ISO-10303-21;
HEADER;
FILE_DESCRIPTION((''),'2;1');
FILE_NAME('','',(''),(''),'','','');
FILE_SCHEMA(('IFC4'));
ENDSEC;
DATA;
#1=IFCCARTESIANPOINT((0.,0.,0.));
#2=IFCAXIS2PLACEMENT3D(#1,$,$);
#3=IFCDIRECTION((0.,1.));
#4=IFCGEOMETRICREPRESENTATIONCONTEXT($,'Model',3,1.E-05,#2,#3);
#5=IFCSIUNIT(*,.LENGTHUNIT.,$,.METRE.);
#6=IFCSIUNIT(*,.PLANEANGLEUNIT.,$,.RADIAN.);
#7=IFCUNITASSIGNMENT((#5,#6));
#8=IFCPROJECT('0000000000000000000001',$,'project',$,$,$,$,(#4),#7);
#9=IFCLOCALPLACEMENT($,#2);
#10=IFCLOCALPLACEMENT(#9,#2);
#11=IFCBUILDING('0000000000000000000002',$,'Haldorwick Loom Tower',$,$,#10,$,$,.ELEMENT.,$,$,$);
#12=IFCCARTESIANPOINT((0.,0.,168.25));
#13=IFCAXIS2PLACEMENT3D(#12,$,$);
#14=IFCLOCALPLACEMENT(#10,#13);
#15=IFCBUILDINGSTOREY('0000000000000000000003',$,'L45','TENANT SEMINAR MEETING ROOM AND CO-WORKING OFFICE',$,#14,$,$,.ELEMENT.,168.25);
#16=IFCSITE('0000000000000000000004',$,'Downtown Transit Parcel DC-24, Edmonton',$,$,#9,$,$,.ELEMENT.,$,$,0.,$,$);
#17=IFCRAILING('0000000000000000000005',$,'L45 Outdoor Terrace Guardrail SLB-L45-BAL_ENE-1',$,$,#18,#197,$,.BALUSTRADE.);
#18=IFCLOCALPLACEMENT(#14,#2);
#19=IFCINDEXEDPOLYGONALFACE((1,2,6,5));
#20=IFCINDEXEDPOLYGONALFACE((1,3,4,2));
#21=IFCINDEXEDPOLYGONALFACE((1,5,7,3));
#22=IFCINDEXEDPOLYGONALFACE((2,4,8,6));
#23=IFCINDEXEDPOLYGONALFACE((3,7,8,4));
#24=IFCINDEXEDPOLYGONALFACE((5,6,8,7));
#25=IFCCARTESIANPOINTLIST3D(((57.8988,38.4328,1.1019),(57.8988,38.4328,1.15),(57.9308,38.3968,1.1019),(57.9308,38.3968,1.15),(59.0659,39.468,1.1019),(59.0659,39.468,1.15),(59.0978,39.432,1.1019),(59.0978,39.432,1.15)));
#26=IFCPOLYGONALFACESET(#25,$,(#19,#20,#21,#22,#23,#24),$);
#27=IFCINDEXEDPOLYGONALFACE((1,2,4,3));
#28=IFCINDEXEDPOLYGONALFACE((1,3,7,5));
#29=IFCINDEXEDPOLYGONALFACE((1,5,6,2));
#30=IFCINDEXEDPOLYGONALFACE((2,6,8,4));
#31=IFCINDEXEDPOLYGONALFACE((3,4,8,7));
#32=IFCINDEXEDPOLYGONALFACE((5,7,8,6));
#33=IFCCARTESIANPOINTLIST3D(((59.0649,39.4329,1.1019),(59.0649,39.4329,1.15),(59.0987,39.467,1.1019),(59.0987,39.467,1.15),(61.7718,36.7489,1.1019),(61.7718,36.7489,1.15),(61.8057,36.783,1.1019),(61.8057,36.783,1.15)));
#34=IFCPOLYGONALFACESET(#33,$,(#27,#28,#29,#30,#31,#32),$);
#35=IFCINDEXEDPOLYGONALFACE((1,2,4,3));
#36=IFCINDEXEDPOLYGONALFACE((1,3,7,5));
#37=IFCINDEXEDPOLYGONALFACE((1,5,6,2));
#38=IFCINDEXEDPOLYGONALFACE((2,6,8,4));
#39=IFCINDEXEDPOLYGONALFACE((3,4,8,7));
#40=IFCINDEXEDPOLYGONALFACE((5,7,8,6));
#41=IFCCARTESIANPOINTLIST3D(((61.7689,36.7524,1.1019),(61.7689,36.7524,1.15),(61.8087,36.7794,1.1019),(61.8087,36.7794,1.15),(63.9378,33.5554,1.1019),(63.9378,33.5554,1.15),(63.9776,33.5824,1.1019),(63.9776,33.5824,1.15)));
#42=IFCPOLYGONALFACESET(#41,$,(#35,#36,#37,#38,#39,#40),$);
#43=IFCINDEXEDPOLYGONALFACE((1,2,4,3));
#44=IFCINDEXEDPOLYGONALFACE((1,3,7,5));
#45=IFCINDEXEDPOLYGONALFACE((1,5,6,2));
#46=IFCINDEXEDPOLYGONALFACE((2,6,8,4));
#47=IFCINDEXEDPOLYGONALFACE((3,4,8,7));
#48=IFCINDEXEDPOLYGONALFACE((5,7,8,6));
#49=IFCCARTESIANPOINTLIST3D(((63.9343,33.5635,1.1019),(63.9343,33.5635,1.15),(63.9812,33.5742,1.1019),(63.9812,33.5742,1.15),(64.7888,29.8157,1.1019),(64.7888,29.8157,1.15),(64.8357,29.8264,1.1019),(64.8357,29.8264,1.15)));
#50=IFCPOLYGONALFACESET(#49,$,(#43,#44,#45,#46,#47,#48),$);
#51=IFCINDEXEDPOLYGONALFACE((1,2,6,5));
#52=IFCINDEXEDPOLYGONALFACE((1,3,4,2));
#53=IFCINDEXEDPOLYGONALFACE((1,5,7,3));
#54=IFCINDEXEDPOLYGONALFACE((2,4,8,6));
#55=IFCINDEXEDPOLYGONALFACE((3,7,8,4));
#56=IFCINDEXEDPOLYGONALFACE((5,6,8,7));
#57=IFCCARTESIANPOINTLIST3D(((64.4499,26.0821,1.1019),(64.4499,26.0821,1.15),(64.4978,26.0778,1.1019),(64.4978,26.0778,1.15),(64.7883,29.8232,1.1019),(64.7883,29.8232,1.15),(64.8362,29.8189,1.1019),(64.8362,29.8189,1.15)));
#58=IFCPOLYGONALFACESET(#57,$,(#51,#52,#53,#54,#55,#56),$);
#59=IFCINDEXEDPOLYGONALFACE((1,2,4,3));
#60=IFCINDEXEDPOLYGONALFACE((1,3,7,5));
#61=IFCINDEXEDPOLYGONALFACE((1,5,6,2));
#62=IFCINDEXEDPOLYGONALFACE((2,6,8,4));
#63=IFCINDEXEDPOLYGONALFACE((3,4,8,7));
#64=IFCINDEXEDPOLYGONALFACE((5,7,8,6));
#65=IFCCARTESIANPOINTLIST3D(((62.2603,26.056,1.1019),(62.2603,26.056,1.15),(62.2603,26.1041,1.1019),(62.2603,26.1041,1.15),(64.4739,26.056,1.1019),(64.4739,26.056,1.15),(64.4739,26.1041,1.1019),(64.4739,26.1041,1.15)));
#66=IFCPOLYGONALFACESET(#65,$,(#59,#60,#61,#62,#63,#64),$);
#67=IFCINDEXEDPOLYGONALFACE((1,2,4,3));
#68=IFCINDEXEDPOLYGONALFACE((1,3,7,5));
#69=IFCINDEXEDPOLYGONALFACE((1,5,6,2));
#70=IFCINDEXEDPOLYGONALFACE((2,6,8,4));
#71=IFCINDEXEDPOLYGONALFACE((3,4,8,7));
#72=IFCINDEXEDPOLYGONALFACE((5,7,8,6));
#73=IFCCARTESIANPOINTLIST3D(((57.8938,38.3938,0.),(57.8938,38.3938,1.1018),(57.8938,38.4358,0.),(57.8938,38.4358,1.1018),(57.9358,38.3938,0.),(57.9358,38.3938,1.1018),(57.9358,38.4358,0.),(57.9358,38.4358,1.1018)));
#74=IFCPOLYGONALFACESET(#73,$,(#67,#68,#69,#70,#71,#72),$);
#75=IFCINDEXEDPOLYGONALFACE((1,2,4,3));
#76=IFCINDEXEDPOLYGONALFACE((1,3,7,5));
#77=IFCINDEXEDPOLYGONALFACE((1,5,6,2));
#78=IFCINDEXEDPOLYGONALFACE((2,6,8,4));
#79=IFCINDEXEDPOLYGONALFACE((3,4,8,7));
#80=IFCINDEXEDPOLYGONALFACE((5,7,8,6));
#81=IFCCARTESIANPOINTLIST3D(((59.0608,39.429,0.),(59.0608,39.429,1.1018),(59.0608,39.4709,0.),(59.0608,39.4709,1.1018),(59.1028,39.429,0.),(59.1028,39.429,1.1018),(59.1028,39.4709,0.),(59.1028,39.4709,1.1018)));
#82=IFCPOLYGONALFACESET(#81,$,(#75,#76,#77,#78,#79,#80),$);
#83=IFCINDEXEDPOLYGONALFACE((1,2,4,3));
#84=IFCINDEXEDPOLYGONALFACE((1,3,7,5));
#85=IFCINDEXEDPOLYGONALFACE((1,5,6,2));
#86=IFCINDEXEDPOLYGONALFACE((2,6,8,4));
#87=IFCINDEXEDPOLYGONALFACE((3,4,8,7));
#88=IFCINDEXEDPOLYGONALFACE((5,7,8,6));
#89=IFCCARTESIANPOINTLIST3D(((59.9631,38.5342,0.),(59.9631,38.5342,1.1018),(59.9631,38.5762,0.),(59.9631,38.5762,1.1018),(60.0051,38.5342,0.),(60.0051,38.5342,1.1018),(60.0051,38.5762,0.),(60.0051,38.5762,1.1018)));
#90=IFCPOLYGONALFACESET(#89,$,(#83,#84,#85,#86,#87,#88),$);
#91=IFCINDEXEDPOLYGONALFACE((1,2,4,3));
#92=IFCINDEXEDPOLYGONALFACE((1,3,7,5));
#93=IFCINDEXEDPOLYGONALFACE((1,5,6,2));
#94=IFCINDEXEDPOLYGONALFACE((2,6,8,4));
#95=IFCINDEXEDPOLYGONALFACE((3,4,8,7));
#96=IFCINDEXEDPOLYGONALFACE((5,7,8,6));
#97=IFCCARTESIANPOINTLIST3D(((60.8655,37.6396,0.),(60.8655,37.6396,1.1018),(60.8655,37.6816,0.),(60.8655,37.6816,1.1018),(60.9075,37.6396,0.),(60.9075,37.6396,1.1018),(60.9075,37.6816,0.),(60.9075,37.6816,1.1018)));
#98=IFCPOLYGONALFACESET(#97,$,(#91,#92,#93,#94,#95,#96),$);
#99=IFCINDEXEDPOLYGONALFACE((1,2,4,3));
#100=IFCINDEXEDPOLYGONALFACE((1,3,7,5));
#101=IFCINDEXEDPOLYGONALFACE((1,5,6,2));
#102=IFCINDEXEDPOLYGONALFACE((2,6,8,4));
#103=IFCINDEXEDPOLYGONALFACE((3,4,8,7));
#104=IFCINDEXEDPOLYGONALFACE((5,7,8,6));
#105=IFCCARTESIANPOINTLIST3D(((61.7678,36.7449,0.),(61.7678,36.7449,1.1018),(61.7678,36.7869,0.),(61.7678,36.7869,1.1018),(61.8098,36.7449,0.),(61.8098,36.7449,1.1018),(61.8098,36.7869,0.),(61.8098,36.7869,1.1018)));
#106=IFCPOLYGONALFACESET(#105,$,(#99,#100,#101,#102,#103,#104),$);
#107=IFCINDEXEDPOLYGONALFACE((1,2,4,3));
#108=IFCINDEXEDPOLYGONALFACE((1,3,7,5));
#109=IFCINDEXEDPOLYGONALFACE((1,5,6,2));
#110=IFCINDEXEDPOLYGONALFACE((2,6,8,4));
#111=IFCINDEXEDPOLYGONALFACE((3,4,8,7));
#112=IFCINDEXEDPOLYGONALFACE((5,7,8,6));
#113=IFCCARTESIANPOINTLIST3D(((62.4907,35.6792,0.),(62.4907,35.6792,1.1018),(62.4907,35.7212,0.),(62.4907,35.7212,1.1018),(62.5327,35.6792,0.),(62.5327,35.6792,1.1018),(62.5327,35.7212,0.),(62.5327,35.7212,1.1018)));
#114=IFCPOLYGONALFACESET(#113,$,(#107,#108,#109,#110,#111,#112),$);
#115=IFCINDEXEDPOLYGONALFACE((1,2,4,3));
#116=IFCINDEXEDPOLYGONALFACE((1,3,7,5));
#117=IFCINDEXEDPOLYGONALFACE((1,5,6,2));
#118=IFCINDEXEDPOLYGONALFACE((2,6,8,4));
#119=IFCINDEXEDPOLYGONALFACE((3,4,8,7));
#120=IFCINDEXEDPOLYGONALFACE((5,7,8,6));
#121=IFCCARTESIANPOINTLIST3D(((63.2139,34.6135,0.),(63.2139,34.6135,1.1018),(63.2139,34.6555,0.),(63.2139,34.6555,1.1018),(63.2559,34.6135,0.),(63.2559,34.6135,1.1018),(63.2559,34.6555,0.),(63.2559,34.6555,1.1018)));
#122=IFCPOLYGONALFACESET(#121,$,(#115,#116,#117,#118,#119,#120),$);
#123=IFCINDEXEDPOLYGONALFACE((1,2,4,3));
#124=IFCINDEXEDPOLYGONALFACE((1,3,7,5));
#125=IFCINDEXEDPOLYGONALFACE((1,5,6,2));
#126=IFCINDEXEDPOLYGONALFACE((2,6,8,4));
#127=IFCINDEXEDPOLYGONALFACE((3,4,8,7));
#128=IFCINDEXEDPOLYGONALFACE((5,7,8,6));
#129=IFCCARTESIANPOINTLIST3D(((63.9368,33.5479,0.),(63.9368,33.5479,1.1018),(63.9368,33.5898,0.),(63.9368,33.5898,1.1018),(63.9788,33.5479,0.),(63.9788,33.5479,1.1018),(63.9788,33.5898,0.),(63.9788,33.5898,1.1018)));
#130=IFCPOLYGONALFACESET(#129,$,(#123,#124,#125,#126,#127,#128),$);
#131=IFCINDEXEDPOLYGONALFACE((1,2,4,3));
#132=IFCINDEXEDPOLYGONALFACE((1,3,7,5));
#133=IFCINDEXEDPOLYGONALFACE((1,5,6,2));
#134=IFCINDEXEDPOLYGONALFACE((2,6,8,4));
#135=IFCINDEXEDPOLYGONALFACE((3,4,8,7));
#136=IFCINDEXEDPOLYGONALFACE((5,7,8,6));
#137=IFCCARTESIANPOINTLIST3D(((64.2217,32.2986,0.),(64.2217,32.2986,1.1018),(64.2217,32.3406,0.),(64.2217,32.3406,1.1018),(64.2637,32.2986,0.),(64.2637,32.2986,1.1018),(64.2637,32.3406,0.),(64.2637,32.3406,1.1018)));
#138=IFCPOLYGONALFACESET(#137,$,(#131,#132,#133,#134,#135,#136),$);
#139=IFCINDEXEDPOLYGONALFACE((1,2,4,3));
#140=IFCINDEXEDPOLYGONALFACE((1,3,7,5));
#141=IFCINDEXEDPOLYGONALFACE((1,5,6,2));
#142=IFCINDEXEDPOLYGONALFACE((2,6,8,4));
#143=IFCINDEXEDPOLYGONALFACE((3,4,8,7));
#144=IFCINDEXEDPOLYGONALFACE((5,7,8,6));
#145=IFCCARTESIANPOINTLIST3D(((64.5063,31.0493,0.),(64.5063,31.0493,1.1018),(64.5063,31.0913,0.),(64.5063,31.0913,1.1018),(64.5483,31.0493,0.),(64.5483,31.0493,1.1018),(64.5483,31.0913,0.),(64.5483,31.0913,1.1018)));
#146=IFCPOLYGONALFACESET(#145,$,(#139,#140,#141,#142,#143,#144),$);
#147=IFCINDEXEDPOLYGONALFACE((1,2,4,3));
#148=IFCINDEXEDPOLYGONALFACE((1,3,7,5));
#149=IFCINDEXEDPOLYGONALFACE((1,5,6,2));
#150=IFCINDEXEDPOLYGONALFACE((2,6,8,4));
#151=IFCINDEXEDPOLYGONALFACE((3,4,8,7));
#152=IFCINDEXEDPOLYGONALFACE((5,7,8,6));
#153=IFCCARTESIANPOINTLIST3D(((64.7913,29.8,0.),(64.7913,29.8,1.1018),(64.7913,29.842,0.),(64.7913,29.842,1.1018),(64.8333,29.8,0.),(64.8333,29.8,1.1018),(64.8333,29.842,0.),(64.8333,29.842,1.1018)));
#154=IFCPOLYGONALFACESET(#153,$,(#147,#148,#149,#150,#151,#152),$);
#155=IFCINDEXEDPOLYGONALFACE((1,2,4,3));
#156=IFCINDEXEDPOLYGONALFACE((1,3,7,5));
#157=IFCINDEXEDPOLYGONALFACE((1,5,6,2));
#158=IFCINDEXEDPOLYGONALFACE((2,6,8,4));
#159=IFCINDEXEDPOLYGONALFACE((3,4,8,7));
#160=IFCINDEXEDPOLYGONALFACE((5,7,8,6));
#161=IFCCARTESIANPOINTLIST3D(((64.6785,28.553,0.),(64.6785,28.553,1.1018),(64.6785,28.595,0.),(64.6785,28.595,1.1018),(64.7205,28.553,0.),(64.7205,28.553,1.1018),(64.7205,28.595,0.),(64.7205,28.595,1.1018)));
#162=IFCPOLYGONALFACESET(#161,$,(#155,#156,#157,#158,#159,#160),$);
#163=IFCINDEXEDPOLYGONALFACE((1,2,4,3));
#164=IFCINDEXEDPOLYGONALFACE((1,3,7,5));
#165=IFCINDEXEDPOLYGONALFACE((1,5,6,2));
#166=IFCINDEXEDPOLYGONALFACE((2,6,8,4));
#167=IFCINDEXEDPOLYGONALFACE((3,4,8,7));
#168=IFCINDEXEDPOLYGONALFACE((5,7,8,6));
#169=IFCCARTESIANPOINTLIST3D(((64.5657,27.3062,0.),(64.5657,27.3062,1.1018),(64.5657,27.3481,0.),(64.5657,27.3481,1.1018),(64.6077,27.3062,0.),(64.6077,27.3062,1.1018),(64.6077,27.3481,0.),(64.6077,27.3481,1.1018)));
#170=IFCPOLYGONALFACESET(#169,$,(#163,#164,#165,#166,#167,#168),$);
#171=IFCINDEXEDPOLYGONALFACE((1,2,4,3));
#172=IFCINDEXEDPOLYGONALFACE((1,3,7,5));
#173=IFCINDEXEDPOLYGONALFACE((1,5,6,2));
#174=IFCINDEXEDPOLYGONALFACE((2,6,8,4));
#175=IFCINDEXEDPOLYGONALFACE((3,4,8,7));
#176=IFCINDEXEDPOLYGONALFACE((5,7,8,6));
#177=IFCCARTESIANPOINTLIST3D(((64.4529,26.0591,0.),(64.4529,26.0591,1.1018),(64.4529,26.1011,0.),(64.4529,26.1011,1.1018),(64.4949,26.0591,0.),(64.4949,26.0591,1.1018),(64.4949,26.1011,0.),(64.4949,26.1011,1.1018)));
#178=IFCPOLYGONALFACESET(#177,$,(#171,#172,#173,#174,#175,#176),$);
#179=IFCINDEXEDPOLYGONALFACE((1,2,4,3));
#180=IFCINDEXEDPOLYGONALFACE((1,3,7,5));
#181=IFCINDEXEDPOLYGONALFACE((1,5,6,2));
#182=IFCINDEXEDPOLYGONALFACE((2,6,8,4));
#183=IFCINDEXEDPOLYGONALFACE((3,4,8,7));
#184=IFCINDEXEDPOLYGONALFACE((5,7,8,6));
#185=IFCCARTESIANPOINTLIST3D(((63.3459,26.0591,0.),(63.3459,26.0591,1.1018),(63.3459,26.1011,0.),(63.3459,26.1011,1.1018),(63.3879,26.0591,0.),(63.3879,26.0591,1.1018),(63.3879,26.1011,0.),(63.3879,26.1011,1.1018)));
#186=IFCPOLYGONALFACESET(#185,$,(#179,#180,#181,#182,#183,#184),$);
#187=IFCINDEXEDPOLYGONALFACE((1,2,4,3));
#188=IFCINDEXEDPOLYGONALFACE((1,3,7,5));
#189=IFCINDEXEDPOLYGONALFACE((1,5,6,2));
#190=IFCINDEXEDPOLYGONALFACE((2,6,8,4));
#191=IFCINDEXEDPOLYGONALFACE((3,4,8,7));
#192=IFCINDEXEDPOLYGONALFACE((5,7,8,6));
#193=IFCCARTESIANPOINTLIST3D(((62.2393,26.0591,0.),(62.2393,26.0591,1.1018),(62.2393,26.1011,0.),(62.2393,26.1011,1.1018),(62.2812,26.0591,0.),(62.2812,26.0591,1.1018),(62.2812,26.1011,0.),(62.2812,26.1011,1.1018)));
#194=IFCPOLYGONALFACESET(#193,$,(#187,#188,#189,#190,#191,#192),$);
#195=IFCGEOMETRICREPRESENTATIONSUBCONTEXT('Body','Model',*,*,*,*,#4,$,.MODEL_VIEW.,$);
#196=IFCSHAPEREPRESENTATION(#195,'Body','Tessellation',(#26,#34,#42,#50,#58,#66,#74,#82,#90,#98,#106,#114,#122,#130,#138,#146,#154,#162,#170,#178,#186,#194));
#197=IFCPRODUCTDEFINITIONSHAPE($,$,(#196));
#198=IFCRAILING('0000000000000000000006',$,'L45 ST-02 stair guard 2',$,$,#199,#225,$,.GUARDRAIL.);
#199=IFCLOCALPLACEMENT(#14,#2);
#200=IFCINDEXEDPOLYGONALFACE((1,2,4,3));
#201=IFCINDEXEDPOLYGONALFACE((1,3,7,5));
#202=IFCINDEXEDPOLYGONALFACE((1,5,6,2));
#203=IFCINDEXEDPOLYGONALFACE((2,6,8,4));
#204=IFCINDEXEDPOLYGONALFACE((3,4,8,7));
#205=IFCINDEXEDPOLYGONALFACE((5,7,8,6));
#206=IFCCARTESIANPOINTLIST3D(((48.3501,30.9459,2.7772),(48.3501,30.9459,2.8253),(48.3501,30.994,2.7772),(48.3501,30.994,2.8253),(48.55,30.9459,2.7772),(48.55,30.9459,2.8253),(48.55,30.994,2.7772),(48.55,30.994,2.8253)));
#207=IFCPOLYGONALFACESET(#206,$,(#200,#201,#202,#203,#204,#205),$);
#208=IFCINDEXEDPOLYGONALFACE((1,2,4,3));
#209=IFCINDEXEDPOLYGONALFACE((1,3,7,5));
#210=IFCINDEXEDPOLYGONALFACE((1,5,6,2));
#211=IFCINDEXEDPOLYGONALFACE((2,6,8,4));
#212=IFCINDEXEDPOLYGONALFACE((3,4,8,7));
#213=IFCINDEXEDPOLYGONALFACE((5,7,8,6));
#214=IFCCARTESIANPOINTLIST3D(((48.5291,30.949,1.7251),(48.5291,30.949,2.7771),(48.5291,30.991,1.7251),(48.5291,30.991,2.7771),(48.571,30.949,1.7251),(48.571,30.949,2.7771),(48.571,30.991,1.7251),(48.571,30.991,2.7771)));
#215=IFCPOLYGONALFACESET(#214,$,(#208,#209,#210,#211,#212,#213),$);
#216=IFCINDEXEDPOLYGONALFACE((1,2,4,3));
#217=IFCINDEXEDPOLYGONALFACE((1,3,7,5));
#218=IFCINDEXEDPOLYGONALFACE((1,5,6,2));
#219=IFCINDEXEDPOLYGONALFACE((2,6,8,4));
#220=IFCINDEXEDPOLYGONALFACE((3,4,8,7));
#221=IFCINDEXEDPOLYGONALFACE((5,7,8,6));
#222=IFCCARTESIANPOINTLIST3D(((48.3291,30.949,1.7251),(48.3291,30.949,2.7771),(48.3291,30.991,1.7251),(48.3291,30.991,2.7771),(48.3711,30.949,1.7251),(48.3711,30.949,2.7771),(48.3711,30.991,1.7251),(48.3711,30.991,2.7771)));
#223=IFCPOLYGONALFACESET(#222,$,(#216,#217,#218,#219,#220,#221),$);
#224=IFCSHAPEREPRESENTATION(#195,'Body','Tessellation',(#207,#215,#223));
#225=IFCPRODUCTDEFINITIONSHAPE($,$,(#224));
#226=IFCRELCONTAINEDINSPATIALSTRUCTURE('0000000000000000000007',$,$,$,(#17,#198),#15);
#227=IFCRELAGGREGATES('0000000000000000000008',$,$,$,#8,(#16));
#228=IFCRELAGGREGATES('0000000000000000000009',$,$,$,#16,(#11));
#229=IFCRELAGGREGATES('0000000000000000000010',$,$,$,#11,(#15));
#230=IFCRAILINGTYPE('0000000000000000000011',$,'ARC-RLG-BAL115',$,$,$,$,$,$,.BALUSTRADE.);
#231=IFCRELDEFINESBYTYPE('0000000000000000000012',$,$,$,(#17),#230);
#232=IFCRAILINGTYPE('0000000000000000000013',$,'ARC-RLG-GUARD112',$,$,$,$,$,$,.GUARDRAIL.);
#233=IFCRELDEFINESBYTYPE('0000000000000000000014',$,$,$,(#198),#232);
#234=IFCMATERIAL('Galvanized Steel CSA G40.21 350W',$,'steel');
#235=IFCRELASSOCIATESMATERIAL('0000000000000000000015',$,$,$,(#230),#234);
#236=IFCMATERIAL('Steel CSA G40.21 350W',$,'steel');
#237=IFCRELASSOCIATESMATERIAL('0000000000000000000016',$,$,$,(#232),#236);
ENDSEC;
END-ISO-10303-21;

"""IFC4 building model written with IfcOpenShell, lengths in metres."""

from ifc_helpers import new_model, si_unit, direction, frame, origin, origin_2d, place, context, subcontext, project, spatial, rectangle, extrude, material, type_object, element, save


model = new_model("IFC4")

# Units and contexts
model_context = context("Model", 3, precision=1e-05, world=origin(), true_north=direction((0.0, 1.0)))
body_context = subcontext(model_context, "Body", "Model", "MODEL_VIEW")
ifc_project = project(units=[si_unit("LENGTHUNIT", "METRE"), si_unit("PLANEANGLEUNIT", "RADIAN")], contexts=[model_context])

# Site, building, storey
site_placement = place(None, origin())
site = spatial("IfcSite", under=ifc_project, at=site_placement, Name="Downtown Transit Parcel DC-24, Edmonton", CompositionType="ELEMENT", RefElevation=0.0)
building_placement = place(site_placement, origin())
building = spatial("IfcBuilding", under=site, at=building_placement, Name="Haldorwick Loom Tower", CompositionType="ELEMENT")
storey_placement = place(building_placement, frame((0.0, 0.0, 168.25)))
storey = spatial("IfcBuildingStorey", under=building, at=storey_placement, Name="L45", Description="TENANT SEMINAR MEETING ROOM AND CO-WORKING OFFICE", CompositionType="ELEMENT", Elevation=168.25)

# Shared definitions
ifc_material_1 = material(Name="Steel CSA G40.21 350W", Category="steel")

# Railings
ifc_material_2 = material(Name="Galvanized Steel CSA G40.21 350W", Category="steel")
railing_type_1 = type_object("IfcRailingType", Name="ARC-RLG-BAL115", PredefinedType="BALUSTRADE", material=ifc_material_2)
railing_1_placement = place(storey_placement, frame((57.9148, 38.4148, 0.0)))
element("IfcRailing", 1, at=railing_1_placement, inside=storey, type_object=railing_type_1, Name="L45 Outdoor Terrace Guardrail SLB-L45-BAL_ENE-1", PredefinedType="BALUSTRADE", context=body_context, shape_type="SweptSolid", body=[
    extrude(rectangle(XDim=0.0481, YDim=0.0481, at=origin_2d()), frame((0.0, 0.0, 1.126), z_axis=(0.7481, 0.663586, 0.0), x_axis=(-0.663586, 0.7481, 0.0)), (0.0, 0.0, 1.0), 1.5601),
    extrude(rectangle(XDim=0.0481, YDim=0.0481, at=origin_2d()), frame((1.167, 1.0352, 1.126), z_axis=(0.71011, -0.70409, 0.0), x_axis=(0.70409, 0.71011, 0.0)), (0.0, 0.0, 1.0), 3.812),
    extrude(rectangle(XDim=0.0481, YDim=0.0481, at=origin_2d()), frame((3.874, -1.6489, 1.126), z_axis=(0.56142, -0.827531, 0.0), x_axis=(0.827531, 0.56142, 0.0)), (0.0, 0.0, 1.0), 3.8633),
    extrude(rectangle(XDim=0.0481, YDim=0.0481, at=origin_2d()), frame((6.043, -4.8459, 1.126), z_axis=(0.222294, -0.97498, 0.0), x_axis=(0.97498, 0.222294, 0.0)), (0.0, 0.0, 1.0), 3.844),
    extrude(rectangle(XDim=0.0481, YDim=0.0481, at=origin_2d()), frame((6.8975, -8.5938, 1.126), z_axis=(-0.090084, -0.995934, 0.0), x_axis=(0.995934, -0.090084, 0.0)), (0.0, 0.0, 1.0), 3.7563),
    extrude(rectangle(XDim=0.0481, YDim=0.0481, at=origin_2d()), frame((6.5591, -12.3347, 1.126), z_axis=(-1.0, 0.0, 0.0), x_axis=(0.0, -1.0, 0.0)), (0.0, 0.0, 1.0), 2.2136),
    extrude(rectangle(XDim=0.042, YDim=0.042, at=origin_2d()), origin(), (0.0, 0.0, 1.0), 1.1018),
    extrude(rectangle(XDim=0.042, YDim=0.042, at=origin_2d()), frame((1.167, 1.0352, 0.0)), (0.0, 0.0, 1.0), 1.1018),
    extrude(rectangle(XDim=0.042, YDim=0.042, at=origin_2d()), frame((2.0693, 0.1404, 0.0)), (0.0, 0.0, 1.0), 1.1018),
    extrude(rectangle(XDim=0.042, YDim=0.042, at=origin_2d()), frame((2.9717, -0.7542, 0.0)), (0.0, 0.0, 1.0), 1.1018),
    extrude(rectangle(XDim=0.042, YDim=0.042, at=origin_2d()), frame((3.874, -1.6489, 0.0)), (0.0, 0.0, 1.0), 1.1018),
    extrude(rectangle(XDim=0.042, YDim=0.042, at=origin_2d()), frame((4.5969, -2.7146, 0.0)), (0.0, 0.0, 1.0), 1.1018),
    extrude(rectangle(XDim=0.042, YDim=0.042, at=origin_2d()), frame((5.3201, -3.7803, 0.0)), (0.0, 0.0, 1.0), 1.1018),
    extrude(rectangle(XDim=0.042, YDim=0.042, at=origin_2d()), frame((6.043, -4.8459, 0.0)), (0.0, 0.0, 1.0), 1.1018),
    extrude(rectangle(XDim=0.042, YDim=0.042, at=origin_2d()), frame((6.3279, -6.0952, 0.0)), (0.0, 0.0, 1.0), 1.1018),
    extrude(rectangle(XDim=0.042, YDim=0.042, at=origin_2d()), frame((6.6125, -7.3445, 0.0)), (0.0, 0.0, 1.0), 1.1018),
    extrude(rectangle(XDim=0.042, YDim=0.042, at=origin_2d()), frame((6.8975, -8.5938, 0.0)), (0.0, 0.0, 1.0), 1.1018),
    extrude(rectangle(XDim=0.042, YDim=0.042, at=origin_2d()), frame((6.7847, -9.8408, 0.0)), (0.0, 0.0, 1.0), 1.1018),
    extrude(rectangle(XDim=0.042, YDim=0.042, at=origin_2d()), frame((6.6719, -11.0876, 0.0)), (0.0, 0.0, 1.0), 1.1018),
    extrude(rectangle(XDim=0.042, YDim=0.042, at=origin_2d()), frame((6.5591, -12.3347, 0.0)), (0.0, 0.0, 1.0), 1.1018),
    extrude(rectangle(XDim=0.042, YDim=0.042, at=origin_2d()), frame((5.4521, -12.3347, 0.0)), (0.0, 0.0, 1.0), 1.1018),
    extrude(rectangle(XDim=0.042, YDim=0.042, at=origin_2d()), frame((4.3455, -12.3347, 0.0)), (0.0, 0.0, 1.0), 1.1018),
])
railing_type_2 = type_object("IfcRailingType", Name="ARC-RLG-GUARD112", PredefinedType="GUARDRAIL", material=ifc_material_1)
railing_2_placement = place(storey_placement, frame((48.55, 30.97, 1.7251)))
element("IfcRailing", 2, at=railing_2_placement, inside=storey, type_object=railing_type_2, Name="L45 ST-02 stair guard 2", PredefinedType="GUARDRAIL", context=body_context, shape_type="SweptSolid", body=[
    extrude(rectangle(XDim=0.0481, YDim=0.0481, at=origin_2d()), frame((0.0, 0.0, 1.0762), z_axis=(-1.0, 0.0, 0.0), x_axis=(0.0, -1.0, 0.0)), (0.0, 0.0, 1.0), 0.2),
    extrude(rectangle(XDim=0.042, YDim=0.042, at=origin_2d()), origin(), (0.0, 0.0, 1.0), 1.052),
    extrude(rectangle(XDim=0.042, YDim=0.042, at=origin_2d()), frame((-0.2, 0.0, 0.0)), (0.0, 0.0, 1.0), 1.052),
])

save(model, "model.ifc")
